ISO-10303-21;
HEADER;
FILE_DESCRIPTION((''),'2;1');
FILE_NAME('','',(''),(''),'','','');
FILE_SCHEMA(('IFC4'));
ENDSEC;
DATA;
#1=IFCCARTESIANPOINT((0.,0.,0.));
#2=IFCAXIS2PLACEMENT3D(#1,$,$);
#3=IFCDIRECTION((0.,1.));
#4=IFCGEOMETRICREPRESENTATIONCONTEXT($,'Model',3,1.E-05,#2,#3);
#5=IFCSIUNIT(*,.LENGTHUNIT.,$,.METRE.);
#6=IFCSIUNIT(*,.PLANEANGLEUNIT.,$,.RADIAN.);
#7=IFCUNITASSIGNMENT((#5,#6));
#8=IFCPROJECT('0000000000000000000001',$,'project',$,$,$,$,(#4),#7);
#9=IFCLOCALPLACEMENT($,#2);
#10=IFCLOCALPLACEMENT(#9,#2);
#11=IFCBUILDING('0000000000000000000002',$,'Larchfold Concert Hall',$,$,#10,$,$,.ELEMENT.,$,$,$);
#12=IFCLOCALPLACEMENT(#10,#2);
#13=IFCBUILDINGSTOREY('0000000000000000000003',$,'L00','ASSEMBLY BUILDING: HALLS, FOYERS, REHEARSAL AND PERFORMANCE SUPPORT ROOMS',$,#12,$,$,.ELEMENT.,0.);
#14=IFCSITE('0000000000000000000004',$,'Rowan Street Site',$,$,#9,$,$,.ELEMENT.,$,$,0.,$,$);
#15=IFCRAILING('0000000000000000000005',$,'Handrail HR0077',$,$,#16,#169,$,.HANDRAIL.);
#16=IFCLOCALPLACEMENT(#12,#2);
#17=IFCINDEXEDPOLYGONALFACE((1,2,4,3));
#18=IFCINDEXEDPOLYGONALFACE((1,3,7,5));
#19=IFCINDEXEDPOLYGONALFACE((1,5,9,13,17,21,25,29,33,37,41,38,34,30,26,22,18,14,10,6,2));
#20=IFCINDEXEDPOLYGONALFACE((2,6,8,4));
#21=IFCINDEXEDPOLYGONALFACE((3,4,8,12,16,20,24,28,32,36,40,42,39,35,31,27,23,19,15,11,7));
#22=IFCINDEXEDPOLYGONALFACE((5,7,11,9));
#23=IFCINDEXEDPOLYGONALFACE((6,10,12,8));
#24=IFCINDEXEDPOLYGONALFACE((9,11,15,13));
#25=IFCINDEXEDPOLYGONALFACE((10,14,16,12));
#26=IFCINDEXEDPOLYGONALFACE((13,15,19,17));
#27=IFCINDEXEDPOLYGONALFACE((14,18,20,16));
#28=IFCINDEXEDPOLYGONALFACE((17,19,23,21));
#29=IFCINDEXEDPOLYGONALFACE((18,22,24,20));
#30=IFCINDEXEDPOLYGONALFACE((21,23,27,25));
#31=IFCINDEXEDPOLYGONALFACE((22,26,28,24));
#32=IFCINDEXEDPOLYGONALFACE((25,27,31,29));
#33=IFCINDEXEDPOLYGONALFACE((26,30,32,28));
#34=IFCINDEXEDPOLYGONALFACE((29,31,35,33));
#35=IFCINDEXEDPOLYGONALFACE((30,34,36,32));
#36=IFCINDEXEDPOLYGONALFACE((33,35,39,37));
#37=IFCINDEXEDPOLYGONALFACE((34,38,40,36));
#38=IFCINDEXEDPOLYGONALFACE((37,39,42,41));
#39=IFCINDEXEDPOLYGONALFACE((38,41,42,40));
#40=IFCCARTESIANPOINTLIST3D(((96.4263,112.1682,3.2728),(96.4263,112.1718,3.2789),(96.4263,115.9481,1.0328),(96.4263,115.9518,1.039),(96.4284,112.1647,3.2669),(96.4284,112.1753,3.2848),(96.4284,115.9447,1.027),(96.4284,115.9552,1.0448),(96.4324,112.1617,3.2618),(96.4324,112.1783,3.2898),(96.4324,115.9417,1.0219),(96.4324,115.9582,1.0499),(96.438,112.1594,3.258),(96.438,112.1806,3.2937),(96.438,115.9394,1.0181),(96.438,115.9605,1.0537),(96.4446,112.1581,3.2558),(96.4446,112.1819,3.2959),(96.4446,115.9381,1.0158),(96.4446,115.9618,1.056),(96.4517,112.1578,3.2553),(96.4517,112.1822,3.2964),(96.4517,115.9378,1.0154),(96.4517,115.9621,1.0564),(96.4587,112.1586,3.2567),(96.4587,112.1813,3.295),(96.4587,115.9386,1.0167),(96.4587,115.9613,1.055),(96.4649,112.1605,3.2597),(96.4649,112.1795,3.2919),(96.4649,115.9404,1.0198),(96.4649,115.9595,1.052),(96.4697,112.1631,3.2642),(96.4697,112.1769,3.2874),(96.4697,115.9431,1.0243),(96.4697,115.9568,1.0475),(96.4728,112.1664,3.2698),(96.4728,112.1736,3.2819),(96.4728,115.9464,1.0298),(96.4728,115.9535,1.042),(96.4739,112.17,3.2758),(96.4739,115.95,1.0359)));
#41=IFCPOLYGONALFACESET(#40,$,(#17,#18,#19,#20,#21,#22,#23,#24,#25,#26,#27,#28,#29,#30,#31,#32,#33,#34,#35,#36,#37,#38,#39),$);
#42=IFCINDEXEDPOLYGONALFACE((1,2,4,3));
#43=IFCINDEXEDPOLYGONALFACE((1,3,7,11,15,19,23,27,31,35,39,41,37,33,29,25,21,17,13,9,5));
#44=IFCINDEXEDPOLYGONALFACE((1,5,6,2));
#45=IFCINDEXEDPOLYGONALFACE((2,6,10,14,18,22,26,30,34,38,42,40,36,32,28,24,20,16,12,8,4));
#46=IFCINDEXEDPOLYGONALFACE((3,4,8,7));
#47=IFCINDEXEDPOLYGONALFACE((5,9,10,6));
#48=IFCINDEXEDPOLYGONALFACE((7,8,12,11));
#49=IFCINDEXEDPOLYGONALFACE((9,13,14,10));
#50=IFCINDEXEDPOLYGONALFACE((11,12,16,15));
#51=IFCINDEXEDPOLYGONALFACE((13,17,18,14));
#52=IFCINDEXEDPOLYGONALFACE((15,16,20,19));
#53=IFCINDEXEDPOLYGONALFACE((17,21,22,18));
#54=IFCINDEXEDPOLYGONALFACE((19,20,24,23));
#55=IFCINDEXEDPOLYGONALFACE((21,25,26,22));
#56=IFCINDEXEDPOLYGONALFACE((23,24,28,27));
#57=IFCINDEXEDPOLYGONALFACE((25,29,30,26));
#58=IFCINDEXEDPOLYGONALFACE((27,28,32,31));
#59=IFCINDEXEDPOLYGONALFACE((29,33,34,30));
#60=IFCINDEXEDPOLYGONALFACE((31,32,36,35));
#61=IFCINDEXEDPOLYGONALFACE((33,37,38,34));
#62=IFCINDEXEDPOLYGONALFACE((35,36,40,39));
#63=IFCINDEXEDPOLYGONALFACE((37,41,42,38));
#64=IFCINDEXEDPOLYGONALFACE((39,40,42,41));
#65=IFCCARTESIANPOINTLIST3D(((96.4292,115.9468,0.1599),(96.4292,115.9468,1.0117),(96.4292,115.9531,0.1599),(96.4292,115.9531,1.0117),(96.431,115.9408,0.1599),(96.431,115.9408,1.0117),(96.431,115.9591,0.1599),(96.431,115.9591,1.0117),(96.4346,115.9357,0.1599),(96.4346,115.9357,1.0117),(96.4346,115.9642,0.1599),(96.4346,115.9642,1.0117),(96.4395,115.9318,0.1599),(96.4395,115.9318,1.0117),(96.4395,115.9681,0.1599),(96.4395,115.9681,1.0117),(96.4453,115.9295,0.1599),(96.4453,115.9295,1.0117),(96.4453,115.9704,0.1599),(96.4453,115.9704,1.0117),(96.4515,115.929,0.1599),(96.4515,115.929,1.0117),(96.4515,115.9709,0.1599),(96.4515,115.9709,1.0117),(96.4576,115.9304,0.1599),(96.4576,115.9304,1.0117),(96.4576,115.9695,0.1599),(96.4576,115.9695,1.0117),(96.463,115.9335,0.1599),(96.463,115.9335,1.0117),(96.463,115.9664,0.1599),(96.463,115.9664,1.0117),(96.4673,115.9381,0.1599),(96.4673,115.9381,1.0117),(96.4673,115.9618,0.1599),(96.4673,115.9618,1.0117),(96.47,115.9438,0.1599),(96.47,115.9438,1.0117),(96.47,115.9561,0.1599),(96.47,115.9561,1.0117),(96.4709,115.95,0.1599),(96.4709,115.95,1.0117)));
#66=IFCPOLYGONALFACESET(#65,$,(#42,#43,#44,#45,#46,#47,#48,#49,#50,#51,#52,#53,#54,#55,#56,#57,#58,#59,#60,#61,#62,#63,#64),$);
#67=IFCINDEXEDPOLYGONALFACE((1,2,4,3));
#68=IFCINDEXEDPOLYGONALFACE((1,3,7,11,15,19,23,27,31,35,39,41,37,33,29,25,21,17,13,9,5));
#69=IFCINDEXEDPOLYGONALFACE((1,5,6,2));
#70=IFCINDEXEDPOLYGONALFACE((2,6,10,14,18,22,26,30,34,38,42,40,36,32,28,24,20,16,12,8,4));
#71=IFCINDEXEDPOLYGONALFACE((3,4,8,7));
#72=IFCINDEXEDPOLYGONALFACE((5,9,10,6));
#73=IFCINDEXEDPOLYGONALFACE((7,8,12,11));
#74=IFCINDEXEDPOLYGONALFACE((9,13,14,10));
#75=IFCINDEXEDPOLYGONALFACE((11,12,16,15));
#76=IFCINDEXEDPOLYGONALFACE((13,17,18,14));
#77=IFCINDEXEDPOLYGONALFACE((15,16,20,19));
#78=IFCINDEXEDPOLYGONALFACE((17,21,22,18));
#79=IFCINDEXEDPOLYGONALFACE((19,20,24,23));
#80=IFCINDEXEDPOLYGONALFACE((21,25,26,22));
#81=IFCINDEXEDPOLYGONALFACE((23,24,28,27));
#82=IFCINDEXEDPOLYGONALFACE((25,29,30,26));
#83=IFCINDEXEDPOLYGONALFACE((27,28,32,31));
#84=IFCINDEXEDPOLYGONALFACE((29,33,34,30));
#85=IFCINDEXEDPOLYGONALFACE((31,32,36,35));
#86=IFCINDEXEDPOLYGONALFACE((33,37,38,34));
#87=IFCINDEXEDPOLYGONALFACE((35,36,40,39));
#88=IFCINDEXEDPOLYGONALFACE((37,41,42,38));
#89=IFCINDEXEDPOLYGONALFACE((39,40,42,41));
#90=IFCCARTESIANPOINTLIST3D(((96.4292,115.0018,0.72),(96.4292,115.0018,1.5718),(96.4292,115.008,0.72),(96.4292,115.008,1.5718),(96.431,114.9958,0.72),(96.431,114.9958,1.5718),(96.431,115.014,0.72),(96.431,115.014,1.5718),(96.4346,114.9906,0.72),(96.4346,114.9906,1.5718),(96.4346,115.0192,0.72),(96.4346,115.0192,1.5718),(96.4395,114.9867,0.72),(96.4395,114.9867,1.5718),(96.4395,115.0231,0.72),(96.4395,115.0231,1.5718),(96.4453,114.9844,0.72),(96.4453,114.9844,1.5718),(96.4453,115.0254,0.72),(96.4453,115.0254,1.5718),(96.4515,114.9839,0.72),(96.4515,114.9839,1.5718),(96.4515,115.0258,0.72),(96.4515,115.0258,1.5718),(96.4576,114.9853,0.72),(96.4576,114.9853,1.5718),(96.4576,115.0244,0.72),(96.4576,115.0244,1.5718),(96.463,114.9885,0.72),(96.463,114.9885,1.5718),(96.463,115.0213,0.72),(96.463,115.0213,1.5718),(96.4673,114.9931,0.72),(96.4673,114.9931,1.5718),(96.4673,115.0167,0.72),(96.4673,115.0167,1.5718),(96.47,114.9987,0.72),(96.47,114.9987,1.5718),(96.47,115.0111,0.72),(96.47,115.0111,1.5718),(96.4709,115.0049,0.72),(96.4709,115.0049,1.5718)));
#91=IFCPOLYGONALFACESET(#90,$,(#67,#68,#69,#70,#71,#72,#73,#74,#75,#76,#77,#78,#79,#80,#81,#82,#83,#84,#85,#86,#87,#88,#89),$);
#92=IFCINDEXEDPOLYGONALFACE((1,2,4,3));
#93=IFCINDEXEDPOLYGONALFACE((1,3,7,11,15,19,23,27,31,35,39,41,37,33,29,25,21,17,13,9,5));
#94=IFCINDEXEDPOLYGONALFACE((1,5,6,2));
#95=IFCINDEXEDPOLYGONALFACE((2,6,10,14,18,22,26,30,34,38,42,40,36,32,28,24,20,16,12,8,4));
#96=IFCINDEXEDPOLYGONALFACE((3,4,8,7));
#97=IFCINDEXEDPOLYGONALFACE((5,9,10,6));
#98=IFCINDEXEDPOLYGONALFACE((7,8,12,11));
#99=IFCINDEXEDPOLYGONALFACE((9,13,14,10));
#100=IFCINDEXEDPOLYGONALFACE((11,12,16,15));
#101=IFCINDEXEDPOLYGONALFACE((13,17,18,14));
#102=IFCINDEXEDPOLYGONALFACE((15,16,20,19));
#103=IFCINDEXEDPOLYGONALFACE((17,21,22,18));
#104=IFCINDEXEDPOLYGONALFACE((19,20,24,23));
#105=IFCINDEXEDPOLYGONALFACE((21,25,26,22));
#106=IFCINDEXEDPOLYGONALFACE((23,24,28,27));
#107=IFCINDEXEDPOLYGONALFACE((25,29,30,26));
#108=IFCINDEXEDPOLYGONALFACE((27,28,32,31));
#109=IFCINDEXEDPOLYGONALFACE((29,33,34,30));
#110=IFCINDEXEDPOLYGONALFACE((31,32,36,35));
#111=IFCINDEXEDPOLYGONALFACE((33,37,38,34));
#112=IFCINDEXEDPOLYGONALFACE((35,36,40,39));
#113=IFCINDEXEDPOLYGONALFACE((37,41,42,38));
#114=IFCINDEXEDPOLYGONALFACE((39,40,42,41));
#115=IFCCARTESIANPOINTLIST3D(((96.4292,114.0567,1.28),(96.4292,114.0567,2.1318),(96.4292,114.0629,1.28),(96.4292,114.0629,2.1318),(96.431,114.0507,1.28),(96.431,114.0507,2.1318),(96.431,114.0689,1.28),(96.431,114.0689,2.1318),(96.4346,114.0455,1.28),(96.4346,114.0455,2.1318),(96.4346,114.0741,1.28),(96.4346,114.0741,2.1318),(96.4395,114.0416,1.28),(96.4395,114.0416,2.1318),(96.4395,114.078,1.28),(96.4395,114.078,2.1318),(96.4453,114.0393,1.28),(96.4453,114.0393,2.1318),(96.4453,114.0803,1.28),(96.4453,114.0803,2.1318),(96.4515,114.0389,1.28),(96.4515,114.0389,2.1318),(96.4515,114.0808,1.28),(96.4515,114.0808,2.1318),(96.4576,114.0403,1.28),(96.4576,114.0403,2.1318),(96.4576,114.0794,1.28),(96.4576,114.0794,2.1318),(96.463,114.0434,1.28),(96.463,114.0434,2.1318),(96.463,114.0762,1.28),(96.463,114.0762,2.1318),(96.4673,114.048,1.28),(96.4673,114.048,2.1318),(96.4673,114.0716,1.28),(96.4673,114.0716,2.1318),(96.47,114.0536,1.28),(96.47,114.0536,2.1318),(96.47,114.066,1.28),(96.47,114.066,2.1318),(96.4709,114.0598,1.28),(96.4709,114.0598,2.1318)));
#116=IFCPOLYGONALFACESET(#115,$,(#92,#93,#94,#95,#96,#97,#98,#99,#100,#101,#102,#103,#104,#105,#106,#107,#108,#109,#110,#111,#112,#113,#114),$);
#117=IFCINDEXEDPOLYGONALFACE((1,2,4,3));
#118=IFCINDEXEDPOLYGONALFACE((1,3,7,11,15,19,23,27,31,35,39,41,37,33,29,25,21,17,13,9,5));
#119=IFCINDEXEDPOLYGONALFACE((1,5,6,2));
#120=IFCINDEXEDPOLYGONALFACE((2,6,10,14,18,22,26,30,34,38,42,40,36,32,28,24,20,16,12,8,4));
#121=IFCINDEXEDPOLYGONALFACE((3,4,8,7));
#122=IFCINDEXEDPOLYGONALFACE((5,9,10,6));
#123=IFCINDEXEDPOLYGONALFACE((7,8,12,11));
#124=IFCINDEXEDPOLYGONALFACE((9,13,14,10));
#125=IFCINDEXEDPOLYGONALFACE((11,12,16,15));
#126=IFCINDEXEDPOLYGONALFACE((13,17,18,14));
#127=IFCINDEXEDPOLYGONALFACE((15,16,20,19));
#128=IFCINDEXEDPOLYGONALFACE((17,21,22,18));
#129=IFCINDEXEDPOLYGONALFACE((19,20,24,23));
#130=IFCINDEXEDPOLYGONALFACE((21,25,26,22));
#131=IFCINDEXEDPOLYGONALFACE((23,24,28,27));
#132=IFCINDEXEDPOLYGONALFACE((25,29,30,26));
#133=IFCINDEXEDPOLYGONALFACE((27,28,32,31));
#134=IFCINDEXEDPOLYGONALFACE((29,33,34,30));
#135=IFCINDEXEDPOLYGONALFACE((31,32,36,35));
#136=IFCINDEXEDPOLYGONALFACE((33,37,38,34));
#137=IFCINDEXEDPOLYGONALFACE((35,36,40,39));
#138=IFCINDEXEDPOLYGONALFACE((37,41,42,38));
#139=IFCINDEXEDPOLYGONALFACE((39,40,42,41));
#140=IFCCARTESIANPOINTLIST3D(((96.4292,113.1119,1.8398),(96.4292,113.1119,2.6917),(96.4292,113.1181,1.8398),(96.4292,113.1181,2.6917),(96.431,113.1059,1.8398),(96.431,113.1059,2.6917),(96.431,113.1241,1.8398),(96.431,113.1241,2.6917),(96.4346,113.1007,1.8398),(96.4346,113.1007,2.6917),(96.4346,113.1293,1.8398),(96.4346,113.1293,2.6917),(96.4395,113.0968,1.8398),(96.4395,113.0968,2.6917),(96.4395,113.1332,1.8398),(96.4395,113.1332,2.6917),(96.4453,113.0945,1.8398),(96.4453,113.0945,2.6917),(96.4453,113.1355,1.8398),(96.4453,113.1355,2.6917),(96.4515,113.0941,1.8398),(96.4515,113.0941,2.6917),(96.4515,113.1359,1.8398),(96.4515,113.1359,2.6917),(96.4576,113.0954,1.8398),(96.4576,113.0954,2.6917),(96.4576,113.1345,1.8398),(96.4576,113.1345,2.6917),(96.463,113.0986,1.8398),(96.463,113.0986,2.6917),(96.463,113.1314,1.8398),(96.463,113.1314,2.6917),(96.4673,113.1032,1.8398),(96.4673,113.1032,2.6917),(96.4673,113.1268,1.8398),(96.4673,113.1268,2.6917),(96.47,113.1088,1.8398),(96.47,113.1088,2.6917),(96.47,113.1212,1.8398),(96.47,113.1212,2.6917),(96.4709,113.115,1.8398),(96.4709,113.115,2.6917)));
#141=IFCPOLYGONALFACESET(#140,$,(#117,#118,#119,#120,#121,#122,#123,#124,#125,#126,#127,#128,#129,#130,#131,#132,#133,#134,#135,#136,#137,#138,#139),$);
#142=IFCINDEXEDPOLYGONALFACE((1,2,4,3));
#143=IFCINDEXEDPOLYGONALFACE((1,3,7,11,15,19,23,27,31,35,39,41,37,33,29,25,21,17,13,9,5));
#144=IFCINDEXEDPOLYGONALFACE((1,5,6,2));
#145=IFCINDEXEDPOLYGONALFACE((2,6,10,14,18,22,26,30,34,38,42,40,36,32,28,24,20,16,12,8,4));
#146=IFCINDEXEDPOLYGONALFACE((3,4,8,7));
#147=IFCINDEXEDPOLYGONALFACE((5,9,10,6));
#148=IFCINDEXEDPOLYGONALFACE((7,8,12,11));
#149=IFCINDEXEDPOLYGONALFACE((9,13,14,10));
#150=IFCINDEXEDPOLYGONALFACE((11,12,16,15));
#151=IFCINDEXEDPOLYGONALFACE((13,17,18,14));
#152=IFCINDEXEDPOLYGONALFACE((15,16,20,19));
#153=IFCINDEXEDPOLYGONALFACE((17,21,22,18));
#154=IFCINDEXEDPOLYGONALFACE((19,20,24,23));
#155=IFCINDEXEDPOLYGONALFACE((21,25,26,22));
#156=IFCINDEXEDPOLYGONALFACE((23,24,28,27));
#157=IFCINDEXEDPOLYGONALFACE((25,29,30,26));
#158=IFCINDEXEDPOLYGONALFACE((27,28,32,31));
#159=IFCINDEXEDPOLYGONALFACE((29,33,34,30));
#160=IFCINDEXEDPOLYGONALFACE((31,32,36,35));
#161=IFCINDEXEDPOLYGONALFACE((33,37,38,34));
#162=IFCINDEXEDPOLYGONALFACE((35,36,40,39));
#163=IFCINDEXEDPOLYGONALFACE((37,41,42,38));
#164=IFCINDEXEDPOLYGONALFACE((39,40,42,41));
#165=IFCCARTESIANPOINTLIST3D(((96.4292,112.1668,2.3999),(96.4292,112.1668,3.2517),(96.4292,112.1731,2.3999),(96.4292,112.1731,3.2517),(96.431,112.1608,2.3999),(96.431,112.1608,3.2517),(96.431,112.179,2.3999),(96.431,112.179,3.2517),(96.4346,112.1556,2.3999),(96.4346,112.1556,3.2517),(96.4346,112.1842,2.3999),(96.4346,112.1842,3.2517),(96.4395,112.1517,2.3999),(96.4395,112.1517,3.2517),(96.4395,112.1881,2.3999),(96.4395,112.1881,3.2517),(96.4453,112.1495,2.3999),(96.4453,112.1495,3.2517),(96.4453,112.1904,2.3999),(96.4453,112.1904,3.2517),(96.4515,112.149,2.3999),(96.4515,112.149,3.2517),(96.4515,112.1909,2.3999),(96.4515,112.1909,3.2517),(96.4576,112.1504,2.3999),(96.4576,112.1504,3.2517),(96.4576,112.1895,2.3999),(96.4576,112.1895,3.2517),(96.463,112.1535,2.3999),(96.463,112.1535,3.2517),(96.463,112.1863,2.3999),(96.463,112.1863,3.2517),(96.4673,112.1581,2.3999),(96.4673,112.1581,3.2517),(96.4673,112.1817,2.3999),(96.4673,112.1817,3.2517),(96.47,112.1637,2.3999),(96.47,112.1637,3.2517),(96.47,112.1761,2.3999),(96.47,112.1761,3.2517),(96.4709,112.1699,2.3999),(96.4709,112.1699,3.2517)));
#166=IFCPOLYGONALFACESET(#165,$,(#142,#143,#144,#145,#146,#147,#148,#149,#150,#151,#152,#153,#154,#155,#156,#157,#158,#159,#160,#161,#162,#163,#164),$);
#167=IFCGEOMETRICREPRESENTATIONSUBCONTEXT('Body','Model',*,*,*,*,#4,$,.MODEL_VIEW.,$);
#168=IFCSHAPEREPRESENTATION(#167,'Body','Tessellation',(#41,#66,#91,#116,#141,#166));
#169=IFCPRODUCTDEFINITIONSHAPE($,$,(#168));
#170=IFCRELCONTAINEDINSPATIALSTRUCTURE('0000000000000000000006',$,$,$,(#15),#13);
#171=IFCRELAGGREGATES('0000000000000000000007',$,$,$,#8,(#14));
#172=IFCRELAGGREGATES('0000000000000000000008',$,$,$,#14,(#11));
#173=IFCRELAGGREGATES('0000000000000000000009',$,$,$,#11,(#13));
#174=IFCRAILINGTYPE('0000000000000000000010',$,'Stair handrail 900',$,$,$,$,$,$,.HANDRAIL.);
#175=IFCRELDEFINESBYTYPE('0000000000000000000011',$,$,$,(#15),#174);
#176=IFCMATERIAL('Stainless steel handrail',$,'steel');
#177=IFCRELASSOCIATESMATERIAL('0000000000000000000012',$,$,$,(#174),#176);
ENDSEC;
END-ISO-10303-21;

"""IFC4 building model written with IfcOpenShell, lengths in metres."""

from ifc_helpers import new_model, si_unit, direction, frame, origin, origin_2d, place, context, subcontext, project, spatial, circle, extrude, material, type_object, element, save


model = new_model("IFC4")

# Units and contexts
model_context = context("Model", 3, precision=1e-05, world=origin(), true_north=direction((0.0, 1.0)))
body_context = subcontext(model_context, "Body", "Model", "MODEL_VIEW")
ifc_project = project(units=[si_unit("LENGTHUNIT", "METRE"), si_unit("PLANEANGLEUNIT", "RADIAN")], contexts=[model_context])

# Site, building, storey
site_placement = place(None, origin())
site = spatial("IfcSite", under=ifc_project, at=site_placement, Name="Rowan Street Site", CompositionType="ELEMENT", RefElevation=0.0)
building_placement = place(site_placement, origin())
building = spatial("IfcBuilding", under=site, at=building_placement, Name="Larchfold Concert Hall", CompositionType="ELEMENT")
storey_placement = place(building_placement, origin())
storey = spatial("IfcBuildingStorey", under=building, at=storey_placement, Name="L00", Description="ASSEMBLY BUILDING: HALLS, FOYERS, REHEARSAL AND PERFORMANCE SUPPORT ROOMS", CompositionType="ELEMENT", Elevation=0.0)

# Railing
ifc_material_1 = material(Name="Stainless steel handrail", Category="steel")
railing_type_1 = type_object("IfcRailingType", Name="Stair handrail 900", PredefinedType="HANDRAIL", material=ifc_material_1)
railing_1_placement = place(storey_placement, frame((96.45, 115.95, 0.1599)))
element("IfcRailing", 1, at=railing_1_placement, inside=storey, type_object=railing_type_1, Name="Handrail HR0077", PredefinedType="HANDRAIL", context=body_context, shape_type="SweptSolid", body=[
    extrude(circle(Radius=0.0239, at=origin_2d()), frame((0.0, 0.0, 0.876), z_axis=(0.0, -0.860294, 0.509798), x_axis=(1.0, 0.0, 0.0)), (0.0, 0.0, 1.0), 4.3938),
    extrude(circle(Radius=0.021, at=origin_2d()), origin(), (0.0, 0.0, 1.0), 0.8518),
    extrude(circle(Radius=0.021, at=origin_2d()), frame((0.0, -0.9451, 0.5601)), (0.0, 0.0, 1.0), 0.8518),
    extrude(circle(Radius=0.021, at=origin_2d()), frame((0.0, -1.8901, 1.1201)), (0.0, 0.0, 1.0), 0.8518),
    extrude(circle(Radius=0.021, at=origin_2d()), frame((0.0, -2.835, 1.6799)), (0.0, 0.0, 1.0), 0.8518),
    extrude(circle(Radius=0.021, at=origin_2d()), frame((0.0, -3.78, 2.24)), (0.0, 0.0, 1.0), 0.8518),
])

save(model, "model.ifc")
